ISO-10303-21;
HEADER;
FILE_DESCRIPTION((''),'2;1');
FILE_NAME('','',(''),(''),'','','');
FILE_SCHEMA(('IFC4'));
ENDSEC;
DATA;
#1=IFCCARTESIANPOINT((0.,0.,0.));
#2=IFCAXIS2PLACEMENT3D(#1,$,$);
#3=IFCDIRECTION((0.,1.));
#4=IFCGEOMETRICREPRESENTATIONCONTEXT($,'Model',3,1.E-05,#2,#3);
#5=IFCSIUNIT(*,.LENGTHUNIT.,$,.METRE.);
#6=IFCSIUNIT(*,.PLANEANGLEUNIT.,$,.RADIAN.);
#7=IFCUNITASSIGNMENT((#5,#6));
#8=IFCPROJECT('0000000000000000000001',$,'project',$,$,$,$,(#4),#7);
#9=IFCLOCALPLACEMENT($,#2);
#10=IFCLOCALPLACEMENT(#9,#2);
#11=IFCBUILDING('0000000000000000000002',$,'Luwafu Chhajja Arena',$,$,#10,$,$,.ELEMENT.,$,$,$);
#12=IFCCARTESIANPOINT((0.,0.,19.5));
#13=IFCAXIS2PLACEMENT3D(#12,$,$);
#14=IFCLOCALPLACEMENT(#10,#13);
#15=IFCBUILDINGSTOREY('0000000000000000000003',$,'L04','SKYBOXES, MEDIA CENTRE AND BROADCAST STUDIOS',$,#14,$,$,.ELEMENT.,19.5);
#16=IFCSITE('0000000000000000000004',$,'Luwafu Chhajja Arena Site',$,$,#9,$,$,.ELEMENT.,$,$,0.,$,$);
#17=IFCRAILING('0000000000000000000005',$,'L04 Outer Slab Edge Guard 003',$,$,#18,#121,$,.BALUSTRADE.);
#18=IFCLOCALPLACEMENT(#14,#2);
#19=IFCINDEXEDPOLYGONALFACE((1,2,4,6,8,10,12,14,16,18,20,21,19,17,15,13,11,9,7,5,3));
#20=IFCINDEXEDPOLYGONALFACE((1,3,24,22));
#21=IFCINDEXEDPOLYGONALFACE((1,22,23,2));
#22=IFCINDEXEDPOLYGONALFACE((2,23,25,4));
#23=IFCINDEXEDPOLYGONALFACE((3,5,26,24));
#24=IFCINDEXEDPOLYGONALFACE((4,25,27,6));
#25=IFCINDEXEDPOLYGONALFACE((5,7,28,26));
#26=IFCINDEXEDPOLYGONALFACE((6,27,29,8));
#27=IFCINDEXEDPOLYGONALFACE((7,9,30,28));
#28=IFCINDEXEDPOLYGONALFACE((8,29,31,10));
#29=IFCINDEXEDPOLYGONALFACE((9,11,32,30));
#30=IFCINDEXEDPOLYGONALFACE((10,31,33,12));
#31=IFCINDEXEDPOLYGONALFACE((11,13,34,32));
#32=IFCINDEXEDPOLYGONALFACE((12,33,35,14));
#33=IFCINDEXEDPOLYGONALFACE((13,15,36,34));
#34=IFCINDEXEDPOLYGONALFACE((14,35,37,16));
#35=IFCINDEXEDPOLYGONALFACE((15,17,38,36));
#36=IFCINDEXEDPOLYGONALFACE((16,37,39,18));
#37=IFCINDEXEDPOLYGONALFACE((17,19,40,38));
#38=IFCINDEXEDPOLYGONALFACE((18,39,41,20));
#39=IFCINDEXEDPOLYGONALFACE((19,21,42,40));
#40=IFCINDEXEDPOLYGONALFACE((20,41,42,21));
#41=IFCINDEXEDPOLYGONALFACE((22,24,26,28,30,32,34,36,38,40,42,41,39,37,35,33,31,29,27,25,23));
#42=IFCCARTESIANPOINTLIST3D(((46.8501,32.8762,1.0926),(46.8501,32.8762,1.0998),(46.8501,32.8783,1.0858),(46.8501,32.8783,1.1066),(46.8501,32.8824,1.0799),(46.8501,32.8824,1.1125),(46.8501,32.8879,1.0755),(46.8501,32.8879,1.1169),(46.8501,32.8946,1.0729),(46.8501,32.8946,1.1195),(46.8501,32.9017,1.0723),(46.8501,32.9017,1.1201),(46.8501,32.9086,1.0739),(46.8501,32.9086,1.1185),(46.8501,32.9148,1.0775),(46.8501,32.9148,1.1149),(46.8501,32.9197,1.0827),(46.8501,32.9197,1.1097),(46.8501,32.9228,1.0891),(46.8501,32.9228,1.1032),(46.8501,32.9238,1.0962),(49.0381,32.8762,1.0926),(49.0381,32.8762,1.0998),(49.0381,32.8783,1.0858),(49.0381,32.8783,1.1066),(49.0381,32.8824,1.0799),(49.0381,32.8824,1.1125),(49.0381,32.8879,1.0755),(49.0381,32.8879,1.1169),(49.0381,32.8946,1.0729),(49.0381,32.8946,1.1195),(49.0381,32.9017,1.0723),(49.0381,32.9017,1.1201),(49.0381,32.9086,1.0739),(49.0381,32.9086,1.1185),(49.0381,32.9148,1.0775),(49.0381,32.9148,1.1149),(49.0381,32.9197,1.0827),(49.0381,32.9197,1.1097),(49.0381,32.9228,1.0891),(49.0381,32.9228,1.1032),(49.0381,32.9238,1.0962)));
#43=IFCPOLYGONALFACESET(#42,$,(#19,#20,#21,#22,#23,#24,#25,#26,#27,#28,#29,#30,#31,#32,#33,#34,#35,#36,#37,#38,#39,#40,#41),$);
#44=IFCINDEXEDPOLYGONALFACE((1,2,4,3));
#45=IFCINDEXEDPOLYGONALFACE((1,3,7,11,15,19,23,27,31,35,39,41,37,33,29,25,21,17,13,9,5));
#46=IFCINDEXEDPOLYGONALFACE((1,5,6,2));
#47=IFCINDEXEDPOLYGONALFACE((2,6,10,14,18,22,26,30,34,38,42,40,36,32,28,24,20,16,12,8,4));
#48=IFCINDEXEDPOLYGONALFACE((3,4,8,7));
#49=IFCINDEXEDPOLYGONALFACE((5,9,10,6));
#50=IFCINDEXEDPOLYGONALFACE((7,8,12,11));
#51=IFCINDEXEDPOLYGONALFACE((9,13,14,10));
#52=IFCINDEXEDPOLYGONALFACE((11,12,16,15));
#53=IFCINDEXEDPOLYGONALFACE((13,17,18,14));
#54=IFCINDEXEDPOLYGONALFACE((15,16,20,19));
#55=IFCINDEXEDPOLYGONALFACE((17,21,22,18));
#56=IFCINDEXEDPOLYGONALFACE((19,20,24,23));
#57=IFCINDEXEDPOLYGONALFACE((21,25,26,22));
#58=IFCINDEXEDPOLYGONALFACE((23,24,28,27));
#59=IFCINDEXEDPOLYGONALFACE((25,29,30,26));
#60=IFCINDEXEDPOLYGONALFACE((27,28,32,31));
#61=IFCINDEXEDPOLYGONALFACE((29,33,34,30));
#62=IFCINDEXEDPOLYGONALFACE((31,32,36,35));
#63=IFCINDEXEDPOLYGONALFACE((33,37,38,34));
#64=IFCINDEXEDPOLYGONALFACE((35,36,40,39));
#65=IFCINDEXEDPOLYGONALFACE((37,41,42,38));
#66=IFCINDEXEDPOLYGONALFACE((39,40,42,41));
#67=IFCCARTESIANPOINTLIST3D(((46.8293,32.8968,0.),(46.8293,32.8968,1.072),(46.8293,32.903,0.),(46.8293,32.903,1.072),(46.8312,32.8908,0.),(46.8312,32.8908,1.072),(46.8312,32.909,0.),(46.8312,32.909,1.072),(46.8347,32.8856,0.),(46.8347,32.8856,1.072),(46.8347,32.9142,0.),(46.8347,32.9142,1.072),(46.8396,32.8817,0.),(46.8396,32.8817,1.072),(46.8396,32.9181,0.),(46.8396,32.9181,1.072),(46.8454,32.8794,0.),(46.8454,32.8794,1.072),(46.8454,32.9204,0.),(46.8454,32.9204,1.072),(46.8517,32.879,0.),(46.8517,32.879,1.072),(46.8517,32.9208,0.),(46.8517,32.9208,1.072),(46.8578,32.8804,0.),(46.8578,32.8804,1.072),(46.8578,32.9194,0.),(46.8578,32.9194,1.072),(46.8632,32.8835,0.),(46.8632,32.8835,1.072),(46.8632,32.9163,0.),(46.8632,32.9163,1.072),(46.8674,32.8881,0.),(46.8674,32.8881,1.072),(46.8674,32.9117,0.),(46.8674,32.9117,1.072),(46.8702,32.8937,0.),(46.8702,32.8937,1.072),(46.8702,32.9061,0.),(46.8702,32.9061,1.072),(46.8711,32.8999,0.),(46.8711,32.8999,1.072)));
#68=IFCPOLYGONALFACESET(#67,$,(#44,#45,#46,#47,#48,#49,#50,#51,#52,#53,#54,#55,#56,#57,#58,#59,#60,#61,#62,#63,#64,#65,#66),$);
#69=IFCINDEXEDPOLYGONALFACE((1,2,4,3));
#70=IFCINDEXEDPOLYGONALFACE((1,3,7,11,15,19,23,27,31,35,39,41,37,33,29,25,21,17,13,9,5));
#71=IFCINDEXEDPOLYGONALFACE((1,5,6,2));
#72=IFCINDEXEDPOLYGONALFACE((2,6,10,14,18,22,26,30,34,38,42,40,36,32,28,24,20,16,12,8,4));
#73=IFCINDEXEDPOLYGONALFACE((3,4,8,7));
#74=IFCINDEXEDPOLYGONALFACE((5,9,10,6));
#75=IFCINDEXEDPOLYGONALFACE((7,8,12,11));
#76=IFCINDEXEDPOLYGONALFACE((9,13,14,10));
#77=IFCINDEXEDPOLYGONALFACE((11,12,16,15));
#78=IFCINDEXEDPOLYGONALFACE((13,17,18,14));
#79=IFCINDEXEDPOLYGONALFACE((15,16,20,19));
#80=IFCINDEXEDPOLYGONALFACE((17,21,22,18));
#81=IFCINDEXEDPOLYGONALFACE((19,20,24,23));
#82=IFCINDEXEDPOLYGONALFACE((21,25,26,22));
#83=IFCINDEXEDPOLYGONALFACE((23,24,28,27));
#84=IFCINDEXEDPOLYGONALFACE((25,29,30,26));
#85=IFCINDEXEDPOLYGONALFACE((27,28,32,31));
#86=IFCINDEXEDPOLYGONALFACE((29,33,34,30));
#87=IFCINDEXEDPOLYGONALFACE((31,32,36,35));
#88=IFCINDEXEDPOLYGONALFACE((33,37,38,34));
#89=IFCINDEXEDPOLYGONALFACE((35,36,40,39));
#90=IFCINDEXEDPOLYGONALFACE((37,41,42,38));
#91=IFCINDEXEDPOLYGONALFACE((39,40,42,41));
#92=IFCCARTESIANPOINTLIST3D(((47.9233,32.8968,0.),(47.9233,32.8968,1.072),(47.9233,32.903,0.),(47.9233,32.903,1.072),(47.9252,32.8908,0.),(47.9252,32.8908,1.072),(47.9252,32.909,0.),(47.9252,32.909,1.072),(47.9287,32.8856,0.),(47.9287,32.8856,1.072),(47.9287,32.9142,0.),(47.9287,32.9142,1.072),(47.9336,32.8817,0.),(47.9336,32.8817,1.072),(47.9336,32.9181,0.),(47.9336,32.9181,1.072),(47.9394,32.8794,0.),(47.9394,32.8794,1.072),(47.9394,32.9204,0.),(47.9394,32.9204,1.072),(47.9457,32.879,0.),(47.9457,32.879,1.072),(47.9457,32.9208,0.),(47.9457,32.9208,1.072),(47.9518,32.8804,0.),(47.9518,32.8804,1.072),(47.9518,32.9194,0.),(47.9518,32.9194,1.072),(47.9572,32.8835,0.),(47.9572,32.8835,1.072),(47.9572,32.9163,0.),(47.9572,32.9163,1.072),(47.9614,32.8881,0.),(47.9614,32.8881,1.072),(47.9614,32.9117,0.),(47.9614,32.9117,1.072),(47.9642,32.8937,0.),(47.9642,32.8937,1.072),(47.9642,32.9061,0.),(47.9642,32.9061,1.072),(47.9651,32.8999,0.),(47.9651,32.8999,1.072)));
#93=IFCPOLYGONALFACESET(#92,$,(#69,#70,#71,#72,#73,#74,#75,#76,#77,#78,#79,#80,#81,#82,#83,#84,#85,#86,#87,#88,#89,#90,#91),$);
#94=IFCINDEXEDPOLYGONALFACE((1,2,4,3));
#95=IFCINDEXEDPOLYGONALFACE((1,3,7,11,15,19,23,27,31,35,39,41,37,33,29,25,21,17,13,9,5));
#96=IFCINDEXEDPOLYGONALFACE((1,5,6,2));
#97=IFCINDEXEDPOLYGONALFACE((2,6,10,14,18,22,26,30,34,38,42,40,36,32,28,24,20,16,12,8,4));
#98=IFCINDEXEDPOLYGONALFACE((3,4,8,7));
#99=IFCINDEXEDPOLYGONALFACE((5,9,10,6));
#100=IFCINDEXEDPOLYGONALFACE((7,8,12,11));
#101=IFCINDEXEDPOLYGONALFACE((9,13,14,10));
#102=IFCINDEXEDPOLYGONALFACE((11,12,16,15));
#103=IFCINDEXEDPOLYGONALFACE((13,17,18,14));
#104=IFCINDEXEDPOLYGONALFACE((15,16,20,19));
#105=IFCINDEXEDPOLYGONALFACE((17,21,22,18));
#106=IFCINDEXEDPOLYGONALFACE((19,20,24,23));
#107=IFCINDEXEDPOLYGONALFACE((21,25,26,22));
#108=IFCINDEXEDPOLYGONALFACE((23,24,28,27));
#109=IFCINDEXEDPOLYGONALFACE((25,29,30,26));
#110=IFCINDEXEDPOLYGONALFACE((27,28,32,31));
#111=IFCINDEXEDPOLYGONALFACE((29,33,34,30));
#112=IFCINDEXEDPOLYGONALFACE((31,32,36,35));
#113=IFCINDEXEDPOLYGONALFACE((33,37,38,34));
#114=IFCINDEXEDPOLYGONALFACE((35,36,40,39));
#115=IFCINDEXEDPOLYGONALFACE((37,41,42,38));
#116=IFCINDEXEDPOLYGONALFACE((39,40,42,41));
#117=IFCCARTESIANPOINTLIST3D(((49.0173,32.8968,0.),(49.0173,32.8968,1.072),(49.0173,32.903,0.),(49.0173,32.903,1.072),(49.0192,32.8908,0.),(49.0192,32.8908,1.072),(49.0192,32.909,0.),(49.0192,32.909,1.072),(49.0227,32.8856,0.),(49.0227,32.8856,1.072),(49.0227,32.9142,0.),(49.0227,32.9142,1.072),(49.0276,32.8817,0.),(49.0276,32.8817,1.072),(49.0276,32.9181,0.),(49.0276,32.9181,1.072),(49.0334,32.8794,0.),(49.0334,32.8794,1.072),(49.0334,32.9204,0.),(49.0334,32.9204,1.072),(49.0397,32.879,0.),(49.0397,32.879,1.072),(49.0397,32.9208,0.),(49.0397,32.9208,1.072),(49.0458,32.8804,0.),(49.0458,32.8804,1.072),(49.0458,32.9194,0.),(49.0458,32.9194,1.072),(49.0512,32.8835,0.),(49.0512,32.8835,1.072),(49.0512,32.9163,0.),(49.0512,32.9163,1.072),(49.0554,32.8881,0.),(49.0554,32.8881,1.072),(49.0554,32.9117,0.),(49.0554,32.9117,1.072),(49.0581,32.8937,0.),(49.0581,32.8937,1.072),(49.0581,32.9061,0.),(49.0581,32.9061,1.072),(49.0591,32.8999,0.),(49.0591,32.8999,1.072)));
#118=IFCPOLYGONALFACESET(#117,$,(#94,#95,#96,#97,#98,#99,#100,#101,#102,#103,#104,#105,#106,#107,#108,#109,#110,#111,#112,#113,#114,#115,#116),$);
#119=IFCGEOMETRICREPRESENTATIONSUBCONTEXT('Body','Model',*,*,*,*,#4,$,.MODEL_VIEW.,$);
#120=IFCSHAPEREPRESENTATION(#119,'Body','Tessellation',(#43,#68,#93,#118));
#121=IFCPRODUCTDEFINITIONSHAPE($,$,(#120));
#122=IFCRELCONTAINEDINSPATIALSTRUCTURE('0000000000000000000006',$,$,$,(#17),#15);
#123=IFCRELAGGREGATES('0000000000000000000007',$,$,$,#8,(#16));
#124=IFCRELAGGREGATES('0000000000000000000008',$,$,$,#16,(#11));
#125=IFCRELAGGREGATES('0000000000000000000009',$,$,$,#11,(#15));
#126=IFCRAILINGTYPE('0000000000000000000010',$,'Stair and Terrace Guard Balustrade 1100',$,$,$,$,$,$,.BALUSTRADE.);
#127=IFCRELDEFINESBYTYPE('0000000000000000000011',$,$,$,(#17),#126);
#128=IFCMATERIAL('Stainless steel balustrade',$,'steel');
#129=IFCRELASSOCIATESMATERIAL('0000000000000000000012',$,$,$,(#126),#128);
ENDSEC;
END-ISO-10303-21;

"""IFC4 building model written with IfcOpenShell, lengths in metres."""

from ifc_helpers import new_model, si_unit, direction, frame, origin, origin_2d, place, context, subcontext, project, spatial, circle, extrude, material, type_object, element, save


model = new_model("IFC4")

# Units and contexts
model_context = context("Model", 3, precision=1e-05, world=origin(), true_north=direction((0.0, 1.0)))
body_context = subcontext(model_context, "Body", "Model", "MODEL_VIEW")
ifc_project = project(units=[si_unit("LENGTHUNIT", "METRE"), si_unit("PLANEANGLEUNIT", "RADIAN")], contexts=[model_context])

# Site, building, storey
site_placement = place(None, origin())
site = spatial("IfcSite", under=ifc_project, at=site_placement, Name="Luwafu Chhajja Arena Site", CompositionType="ELEMENT", RefElevation=0.0)
building_placement = place(site_placement, origin())
building = spatial("IfcBuilding", under=site, at=building_placement, Name="Luwafu Chhajja Arena", CompositionType="ELEMENT")
storey_placement = place(building_placement, frame((0.0, 0.0, 19.5)))
storey = spatial("IfcBuildingStorey", under=building, at=storey_placement, Name="L04", Description="SKYBOXES, MEDIA CENTRE AND BROADCAST STUDIOS", CompositionType="ELEMENT", Elevation=19.5)

# Railing
ifc_material_1 = material(Name="Stainless steel balustrade", Category="steel")
railing_type_1 = type_object("IfcRailingType", Name="Stair and Terrace Guard Balustrade 1100", PredefinedType="BALUSTRADE", material=ifc_material_1)
railing_1_placement = place(storey_placement, frame((46.8501, 32.8999, 0.0)))
element("IfcRailing", 1, at=railing_1_placement, inside=storey, type_object=railing_type_1, Name="L04 Outer Slab Edge Guard 003", PredefinedType="BALUSTRADE", context=body_context, shape_type="SweptSolid", body=[
    extrude(circle(Radius=0.0239, at=origin_2d()), frame((0.0, 0.0, 1.0962), z_axis=(1.0, 0.0, 0.0), x_axis=(0.0, 1.0, 0.0)), (0.0, 0.0, 1.0), 2.188),
    extrude(circle(Radius=0.021, at=origin_2d()), origin(), (0.0, 0.0, 1.0), 1.072),
    extrude(circle(Radius=0.021, at=origin_2d()), frame((1.094, 0.0, 0.0)), (0.0, 0.0, 1.0), 1.072),
    extrude(circle(Radius=0.021, at=origin_2d()), frame((2.188, 0.0, 0.0)), (0.0, 0.0, 1.0), 1.072),
])

save(model, "model.ifc")
